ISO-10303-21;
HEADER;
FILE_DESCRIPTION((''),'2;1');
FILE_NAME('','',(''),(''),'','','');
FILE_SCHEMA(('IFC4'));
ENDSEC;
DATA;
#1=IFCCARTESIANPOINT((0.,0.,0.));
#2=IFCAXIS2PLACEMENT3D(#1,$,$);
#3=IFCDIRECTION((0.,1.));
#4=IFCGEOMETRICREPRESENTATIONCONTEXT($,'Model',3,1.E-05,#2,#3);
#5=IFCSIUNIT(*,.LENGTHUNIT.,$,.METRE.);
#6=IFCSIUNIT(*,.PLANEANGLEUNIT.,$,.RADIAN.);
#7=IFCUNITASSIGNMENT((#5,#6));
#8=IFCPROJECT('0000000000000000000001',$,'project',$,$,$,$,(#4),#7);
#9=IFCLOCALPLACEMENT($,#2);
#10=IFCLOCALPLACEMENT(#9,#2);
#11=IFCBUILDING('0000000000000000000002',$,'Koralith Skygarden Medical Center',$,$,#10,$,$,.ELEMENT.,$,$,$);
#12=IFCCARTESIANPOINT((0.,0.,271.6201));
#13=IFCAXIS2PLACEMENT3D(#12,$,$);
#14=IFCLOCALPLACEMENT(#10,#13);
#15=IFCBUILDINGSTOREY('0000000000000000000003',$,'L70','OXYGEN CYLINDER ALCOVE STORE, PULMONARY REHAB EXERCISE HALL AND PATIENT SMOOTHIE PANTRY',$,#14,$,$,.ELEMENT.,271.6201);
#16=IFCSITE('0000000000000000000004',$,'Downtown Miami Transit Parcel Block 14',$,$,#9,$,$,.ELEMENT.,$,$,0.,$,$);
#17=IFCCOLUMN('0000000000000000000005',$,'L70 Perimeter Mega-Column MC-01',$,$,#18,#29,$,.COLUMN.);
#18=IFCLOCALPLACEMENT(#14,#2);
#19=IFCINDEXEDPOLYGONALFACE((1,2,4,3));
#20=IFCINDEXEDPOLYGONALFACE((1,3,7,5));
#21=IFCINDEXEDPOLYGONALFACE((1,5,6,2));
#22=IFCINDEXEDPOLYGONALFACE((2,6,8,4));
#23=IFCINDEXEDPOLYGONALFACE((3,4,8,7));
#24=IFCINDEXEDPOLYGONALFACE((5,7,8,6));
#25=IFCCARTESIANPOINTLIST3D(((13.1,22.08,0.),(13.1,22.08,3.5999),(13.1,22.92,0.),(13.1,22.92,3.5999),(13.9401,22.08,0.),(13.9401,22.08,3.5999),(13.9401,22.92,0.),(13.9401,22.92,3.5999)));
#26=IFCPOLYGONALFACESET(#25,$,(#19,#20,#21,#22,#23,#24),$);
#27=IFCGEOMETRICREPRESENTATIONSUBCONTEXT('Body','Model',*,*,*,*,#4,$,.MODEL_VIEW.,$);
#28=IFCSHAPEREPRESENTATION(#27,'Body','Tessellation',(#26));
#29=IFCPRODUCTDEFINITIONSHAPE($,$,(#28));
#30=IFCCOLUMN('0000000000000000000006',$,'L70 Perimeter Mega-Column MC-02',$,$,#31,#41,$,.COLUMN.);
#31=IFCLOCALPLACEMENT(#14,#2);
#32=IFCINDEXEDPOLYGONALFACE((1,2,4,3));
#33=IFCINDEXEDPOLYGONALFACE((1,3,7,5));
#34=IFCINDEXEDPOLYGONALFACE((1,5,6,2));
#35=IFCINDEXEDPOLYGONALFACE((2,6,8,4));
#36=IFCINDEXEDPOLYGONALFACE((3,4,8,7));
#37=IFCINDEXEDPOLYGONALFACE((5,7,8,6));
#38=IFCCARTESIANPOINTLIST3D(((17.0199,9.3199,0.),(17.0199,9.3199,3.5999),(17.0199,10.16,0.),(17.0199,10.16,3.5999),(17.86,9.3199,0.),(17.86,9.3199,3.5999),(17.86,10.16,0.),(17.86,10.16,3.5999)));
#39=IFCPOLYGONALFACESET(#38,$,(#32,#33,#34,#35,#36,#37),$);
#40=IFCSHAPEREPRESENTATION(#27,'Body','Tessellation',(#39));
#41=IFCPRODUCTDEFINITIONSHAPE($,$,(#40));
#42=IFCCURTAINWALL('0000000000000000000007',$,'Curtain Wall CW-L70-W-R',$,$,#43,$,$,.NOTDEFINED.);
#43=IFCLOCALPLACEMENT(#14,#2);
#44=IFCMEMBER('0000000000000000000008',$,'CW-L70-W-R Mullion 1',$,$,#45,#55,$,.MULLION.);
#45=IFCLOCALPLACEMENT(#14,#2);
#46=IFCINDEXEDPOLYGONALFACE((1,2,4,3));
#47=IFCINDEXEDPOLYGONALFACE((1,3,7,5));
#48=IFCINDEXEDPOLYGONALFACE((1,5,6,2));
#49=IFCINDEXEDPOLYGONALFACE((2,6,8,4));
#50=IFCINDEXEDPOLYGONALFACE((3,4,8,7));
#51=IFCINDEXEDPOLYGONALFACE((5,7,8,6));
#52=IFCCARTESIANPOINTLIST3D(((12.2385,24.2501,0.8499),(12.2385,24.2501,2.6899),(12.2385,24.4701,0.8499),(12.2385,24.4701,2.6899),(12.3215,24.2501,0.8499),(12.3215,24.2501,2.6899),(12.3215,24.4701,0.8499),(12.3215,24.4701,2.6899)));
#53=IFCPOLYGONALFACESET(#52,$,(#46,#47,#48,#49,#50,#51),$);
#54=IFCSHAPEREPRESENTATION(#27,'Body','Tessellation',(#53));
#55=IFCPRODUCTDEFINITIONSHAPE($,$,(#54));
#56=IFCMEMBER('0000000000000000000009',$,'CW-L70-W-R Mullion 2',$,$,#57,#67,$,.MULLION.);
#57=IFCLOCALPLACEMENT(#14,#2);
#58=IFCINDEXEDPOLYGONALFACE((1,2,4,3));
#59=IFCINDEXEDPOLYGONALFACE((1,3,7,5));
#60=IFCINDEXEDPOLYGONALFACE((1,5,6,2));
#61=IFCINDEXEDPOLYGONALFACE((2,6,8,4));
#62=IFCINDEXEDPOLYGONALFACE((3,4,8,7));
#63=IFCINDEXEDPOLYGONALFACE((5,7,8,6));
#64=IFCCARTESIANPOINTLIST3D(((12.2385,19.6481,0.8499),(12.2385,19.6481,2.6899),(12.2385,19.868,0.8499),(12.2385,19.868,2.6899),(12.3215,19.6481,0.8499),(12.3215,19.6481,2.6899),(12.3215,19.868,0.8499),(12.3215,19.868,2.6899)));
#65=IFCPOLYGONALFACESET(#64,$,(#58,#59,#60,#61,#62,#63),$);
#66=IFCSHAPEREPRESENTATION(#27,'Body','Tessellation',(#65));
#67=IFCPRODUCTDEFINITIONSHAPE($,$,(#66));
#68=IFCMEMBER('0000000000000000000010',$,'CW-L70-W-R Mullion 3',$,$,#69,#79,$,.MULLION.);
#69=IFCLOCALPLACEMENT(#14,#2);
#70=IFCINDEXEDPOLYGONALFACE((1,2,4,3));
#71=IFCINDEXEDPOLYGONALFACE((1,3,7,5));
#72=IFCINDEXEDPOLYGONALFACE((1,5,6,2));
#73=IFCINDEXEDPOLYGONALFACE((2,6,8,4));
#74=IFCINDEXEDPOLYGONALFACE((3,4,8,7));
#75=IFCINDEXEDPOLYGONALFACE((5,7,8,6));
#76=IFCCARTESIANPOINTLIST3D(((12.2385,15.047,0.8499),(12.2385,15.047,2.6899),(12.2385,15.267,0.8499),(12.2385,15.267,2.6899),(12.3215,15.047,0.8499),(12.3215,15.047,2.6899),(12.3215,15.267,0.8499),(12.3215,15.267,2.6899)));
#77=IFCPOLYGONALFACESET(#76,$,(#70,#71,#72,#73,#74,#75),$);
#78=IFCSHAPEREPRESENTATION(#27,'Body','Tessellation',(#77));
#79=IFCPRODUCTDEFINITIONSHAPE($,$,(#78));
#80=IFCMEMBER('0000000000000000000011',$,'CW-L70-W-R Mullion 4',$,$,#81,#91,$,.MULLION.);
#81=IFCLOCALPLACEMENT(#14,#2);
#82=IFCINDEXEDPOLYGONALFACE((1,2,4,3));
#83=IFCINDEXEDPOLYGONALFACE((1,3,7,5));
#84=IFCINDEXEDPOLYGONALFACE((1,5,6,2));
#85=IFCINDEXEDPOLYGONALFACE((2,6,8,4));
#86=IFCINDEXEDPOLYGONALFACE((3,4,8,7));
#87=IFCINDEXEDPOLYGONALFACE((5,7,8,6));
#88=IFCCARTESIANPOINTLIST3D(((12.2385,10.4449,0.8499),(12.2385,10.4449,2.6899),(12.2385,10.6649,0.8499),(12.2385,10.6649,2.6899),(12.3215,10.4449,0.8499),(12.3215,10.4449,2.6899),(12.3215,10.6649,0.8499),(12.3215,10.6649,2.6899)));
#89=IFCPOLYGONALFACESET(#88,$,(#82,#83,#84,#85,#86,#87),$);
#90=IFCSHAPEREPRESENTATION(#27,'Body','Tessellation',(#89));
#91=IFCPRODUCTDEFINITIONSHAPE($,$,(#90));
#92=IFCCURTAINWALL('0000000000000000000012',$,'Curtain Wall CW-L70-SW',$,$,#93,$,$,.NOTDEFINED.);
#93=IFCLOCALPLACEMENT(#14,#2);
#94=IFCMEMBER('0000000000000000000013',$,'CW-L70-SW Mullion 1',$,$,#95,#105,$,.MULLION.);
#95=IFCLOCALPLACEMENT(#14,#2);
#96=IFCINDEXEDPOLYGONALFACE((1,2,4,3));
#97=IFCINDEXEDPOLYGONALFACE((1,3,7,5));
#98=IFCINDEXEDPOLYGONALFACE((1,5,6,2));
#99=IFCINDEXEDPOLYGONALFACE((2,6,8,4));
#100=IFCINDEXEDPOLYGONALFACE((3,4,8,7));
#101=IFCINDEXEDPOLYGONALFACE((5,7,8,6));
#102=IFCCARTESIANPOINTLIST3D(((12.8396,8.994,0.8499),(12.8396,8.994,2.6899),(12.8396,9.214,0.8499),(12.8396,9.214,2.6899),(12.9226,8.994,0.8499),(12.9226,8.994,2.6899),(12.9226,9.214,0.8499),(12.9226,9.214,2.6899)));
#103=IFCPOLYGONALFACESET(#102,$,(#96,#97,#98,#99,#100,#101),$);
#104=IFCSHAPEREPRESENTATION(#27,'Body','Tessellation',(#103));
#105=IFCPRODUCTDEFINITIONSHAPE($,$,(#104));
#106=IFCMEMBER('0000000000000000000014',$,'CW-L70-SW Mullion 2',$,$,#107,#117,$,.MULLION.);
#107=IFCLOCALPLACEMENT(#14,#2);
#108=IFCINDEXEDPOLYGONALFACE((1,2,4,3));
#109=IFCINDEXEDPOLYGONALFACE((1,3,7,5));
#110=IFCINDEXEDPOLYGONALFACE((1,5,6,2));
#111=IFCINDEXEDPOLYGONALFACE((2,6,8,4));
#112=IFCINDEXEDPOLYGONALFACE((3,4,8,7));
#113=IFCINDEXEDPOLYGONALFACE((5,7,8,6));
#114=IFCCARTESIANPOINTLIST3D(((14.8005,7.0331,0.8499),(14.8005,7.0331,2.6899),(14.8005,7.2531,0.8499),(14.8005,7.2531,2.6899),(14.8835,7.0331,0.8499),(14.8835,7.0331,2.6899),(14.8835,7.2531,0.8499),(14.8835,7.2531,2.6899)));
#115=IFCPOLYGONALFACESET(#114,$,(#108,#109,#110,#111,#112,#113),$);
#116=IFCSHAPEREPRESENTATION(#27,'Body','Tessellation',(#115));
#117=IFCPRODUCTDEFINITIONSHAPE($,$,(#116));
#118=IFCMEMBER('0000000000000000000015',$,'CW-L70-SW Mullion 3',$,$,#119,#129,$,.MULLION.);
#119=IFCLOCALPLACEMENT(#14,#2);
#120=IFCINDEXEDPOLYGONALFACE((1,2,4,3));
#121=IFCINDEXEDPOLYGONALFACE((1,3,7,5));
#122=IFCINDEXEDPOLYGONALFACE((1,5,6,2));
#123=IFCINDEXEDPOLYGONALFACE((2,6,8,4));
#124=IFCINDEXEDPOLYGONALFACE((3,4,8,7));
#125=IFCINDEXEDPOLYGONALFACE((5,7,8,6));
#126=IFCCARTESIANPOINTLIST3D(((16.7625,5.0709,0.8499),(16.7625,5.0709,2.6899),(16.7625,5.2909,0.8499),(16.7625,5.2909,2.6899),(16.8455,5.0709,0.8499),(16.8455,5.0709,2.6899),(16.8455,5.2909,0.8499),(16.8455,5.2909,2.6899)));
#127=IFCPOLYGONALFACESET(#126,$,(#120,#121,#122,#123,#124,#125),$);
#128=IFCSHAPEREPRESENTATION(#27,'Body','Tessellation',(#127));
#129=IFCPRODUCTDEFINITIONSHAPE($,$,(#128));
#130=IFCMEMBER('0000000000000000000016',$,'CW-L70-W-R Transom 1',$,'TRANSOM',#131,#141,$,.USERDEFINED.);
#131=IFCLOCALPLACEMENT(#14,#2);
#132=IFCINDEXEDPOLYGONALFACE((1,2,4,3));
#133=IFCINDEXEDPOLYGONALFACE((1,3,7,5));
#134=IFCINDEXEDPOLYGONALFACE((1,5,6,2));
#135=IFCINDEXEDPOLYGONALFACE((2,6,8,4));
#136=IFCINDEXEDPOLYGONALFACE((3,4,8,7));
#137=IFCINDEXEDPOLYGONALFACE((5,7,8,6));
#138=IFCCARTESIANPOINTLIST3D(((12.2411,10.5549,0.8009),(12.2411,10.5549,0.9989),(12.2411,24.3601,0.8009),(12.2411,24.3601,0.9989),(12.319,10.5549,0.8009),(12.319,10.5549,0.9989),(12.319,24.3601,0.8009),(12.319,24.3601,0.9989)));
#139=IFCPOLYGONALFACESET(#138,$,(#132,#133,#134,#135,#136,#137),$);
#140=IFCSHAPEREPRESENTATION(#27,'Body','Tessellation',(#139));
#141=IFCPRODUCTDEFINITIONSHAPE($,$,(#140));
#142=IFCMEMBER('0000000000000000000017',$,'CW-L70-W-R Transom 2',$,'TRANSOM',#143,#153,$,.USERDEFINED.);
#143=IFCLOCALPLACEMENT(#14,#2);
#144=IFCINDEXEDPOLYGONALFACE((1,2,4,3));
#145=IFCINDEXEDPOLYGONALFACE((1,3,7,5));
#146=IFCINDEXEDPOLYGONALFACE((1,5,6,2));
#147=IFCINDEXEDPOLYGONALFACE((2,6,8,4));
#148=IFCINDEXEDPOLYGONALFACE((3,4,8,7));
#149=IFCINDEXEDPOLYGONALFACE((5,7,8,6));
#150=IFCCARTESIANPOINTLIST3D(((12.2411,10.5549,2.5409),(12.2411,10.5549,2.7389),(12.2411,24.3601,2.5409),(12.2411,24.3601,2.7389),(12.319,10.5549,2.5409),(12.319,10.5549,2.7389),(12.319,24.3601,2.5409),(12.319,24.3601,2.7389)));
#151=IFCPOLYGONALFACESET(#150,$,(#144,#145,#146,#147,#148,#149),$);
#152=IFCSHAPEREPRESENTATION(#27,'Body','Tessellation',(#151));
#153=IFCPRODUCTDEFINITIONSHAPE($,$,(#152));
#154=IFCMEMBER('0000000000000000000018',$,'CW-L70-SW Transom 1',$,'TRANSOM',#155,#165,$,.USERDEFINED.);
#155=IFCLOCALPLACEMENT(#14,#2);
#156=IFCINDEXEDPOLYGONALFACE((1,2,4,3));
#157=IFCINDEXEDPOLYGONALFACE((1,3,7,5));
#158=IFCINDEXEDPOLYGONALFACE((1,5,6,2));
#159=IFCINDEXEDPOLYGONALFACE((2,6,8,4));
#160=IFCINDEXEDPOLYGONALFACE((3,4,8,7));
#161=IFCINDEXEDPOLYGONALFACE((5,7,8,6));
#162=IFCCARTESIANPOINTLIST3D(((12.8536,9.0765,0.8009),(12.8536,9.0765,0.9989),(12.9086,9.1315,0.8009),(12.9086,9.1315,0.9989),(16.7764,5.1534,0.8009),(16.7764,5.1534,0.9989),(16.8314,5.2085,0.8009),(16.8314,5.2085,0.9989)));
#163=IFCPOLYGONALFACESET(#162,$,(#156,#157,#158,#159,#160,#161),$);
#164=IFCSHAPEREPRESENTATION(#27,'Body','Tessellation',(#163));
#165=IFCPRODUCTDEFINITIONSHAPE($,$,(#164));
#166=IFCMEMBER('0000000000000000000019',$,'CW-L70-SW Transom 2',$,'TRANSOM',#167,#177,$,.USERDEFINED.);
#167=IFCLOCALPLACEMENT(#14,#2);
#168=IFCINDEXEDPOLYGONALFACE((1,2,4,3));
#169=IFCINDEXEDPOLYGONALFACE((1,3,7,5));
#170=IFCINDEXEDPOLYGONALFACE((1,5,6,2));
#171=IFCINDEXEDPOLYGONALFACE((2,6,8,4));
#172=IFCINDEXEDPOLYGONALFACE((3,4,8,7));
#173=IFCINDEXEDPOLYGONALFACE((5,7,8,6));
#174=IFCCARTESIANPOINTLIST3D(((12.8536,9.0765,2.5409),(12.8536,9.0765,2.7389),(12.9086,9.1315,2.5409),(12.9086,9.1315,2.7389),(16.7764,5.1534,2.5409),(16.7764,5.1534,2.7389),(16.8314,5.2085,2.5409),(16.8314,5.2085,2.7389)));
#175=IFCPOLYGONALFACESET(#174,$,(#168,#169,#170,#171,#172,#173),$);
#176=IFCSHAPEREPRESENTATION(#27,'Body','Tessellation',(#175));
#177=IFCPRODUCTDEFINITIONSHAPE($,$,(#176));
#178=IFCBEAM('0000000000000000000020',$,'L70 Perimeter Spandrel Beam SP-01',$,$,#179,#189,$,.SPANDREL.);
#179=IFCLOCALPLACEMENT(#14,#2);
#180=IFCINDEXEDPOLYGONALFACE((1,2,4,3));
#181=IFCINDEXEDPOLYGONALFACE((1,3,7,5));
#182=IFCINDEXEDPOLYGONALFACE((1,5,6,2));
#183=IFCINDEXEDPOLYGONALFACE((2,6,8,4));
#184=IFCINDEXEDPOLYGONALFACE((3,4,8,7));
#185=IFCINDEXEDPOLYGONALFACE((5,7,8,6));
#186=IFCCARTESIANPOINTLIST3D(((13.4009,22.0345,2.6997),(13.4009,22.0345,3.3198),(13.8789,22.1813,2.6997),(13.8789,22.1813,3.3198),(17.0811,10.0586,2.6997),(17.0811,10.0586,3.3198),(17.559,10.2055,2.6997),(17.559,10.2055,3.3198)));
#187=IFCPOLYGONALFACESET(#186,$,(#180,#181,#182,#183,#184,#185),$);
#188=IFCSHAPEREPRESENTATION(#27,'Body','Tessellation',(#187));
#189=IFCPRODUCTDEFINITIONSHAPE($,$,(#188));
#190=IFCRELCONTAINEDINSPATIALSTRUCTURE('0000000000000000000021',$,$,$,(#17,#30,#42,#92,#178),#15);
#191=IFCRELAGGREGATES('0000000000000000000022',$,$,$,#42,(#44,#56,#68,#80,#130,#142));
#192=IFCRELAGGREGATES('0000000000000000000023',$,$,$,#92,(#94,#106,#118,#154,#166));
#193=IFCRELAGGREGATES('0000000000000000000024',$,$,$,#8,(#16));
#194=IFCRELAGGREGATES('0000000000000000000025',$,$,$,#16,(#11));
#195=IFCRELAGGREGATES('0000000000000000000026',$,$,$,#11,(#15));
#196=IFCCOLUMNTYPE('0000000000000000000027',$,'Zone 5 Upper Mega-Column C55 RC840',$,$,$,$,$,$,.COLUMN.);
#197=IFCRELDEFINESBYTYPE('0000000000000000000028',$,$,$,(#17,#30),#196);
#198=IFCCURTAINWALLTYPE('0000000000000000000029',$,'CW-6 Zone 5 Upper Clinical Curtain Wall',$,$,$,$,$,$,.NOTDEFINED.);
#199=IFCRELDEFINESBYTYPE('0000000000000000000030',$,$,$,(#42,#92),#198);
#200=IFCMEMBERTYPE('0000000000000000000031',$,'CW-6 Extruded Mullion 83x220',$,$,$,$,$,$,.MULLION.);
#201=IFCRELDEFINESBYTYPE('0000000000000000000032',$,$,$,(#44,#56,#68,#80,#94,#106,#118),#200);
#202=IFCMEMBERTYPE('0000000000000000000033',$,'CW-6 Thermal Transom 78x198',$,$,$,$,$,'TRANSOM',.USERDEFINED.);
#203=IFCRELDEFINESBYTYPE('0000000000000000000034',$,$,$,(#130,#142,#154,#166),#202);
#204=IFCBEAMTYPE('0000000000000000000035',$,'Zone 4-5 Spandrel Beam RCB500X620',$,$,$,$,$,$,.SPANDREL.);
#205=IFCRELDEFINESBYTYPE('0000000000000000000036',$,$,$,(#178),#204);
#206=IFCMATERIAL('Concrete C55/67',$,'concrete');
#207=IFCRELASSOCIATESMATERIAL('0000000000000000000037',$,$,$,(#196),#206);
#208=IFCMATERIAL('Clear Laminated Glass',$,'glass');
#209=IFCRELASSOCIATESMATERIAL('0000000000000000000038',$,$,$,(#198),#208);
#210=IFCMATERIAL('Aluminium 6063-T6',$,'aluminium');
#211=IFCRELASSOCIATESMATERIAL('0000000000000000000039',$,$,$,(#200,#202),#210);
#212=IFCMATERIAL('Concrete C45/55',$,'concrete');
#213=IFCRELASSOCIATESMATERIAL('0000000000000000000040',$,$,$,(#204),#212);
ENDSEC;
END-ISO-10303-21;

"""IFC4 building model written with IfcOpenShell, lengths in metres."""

from ifc_helpers import new_model, si_unit, direction, frame, origin, origin_2d, place, context, subcontext, project, spatial, rectangle, extrude, material, material_profile, profile_set, type_object, element, aggregate, save


model = new_model("IFC4")

# Units and contexts
model_context = context("Model", 3, precision=1e-05, world=origin(), true_north=direction((0.0, 1.0)))
body_context = subcontext(model_context, "Body", "Model", "MODEL_VIEW")
ifc_project = project(units=[si_unit("LENGTHUNIT", "METRE"), si_unit("PLANEANGLEUNIT", "RADIAN")], contexts=[model_context])

# Site, building, storey
site_placement = place(None, origin())
site = spatial("IfcSite", under=ifc_project, at=site_placement, Name="Downtown Miami Transit Parcel Block 14", CompositionType="ELEMENT", RefElevation=0.0)
building_placement = place(site_placement, origin())
building = spatial("IfcBuilding", under=site, at=building_placement, Name="Koralith Skygarden Medical Center", CompositionType="ELEMENT")
storey_placement = place(building_placement, frame((0.0, 0.0, 271.6201)))
storey = spatial("IfcBuildingStorey", under=building, at=storey_placement, Name="L70", Description="OXYGEN CYLINDER ALCOVE STORE, PULMONARY REHAB EXERCISE HALL AND PATIENT SMOOTHIE PANTRY", CompositionType="ELEMENT", Elevation=271.6201)

# Columns
ifc_material_1 = material(Name="Concrete C55/67", Category="concrete")
ifc_material_profile_1 = material_profile(ifc_material_1, rectangle(XDim=0.8401, YDim=0.8401, at=origin_2d()), Name="RC840X840")
ifc_profile_set_1 = profile_set([ifc_material_profile_1], Name="Concrete C55/67")
column_type = type_object("IfcColumnType", Name="Zone 5 Upper Mega-Column C55 RC840", PredefinedType="COLUMN", material=ifc_profile_set_1)
for number, where, z_axis, x_axis, name in (
    (1, (13.52, 22.5, 0.0), (0.0, 0.0, 1.0), (1.0, 0.0, 0.0), "L70 Perimeter Mega-Column MC-01"),
    (2, (17.4399, 9.74, 0.0), (0.0, 0.0, 1.0), (1.0, 0.0, 0.0), "L70 Perimeter Mega-Column MC-02"),
):
    element("IfcColumn", number, at=place(storey_placement, frame(where, z_axis=z_axis, x_axis=x_axis)), inside=storey, type_object=column_type, Name=name, PredefinedType="COLUMN", context=body_context, shape_type="SweptSolid", body=[
        extrude(rectangle(XDim=0.8401, YDim=0.8401, at=origin_2d()), origin(), (0.0, 0.0, 1.0), 3.5999),
    ])

# Curtain walls, members
ifc_material_2 = material(Name="Clear Laminated Glass", Category="glass")
curtain_wall_type = type_object("IfcCurtainWallType", Name="CW-6 Zone 5 Upper Clinical Curtain Wall", PredefinedType="NOTDEFINED", material=ifc_material_2)
curtain_wall_1_placement = place(storey_placement, origin())
curtain_wall_1 = element("IfcCurtainWall", 3, at=curtain_wall_1_placement, inside=storey, type_object=curtain_wall_type, Name="Curtain Wall CW-L70-W-R", PredefinedType="NOTDEFINED")
ifc_material_3 = material(Name="Aluminium 6063-T6", Category="aluminium")
ifc_material_profile_2 = material_profile(ifc_material_3, rectangle(XDim=0.083, YDim=0.22, at=origin_2d()), Name="MUL83X220")
ifc_profile_set_2 = profile_set([ifc_material_profile_2], Name="Aluminium 6063-T6")
member_type_1 = type_object("IfcMemberType", Name="CW-6 Extruded Mullion 83x220", PredefinedType="MULLION", material=ifc_profile_set_2)
member_1_placement = place(storey_placement, frame((12.28, 24.3601, 0.8499), z_axis=(0.0, 0.0, 1.0), x_axis=(1.0, 0.0, 0.0)))
member_1 = element("IfcMember", 4, at=member_1_placement, type_object=member_type_1, Name="CW-L70-W-R Mullion 1", PredefinedType="MULLION", context=body_context, shape_type="SweptSolid", body=[
    extrude(rectangle(XDim=0.083, YDim=0.22, at=origin_2d()), origin(), (0.0, 0.0, 1.0), 1.8401),
])
member_2_placement = place(storey_placement, frame((12.28, 19.7581, 0.8499), z_axis=(0.0, 0.0, 1.0), x_axis=(1.0, 0.0, 0.0)))
member_2 = element("IfcMember", 5, at=member_2_placement, type_object=member_type_1, Name="CW-L70-W-R Mullion 2", PredefinedType="MULLION", context=body_context, shape_type="SweptSolid", body=[
    extrude(rectangle(XDim=0.083, YDim=0.22, at=origin_2d()), origin(), (0.0, 0.0, 1.0), 1.8401),
])
member_3_placement = place(storey_placement, frame((12.28, 15.157, 0.8499), z_axis=(0.0, 0.0, 1.0), x_axis=(1.0, 0.0, 0.0)))
member_3 = element("IfcMember", 6, at=member_3_placement, type_object=member_type_1, Name="CW-L70-W-R Mullion 3", PredefinedType="MULLION", context=body_context, shape_type="SweptSolid", body=[
    extrude(rectangle(XDim=0.083, YDim=0.22, at=origin_2d()), origin(), (0.0, 0.0, 1.0), 1.8401),
])
member_4_placement = place(storey_placement, frame((12.28, 10.5549, 0.8499), z_axis=(0.0, 0.0, 1.0), x_axis=(1.0, 0.0, 0.0)))
member_4 = element("IfcMember", 7, at=member_4_placement, type_object=member_type_1, Name="CW-L70-W-R Mullion 4", PredefinedType="MULLION", context=body_context, shape_type="SweptSolid", body=[
    extrude(rectangle(XDim=0.083, YDim=0.22, at=origin_2d()), origin(), (0.0, 0.0, 1.0), 1.8401),
])
curtain_wall_2_placement = place(storey_placement, origin())
curtain_wall_2 = element("IfcCurtainWall", 8, at=curtain_wall_2_placement, inside=storey, type_object=curtain_wall_type, Name="Curtain Wall CW-L70-SW", PredefinedType="NOTDEFINED")
member_5_placement = place(storey_placement, frame((12.8811, 9.104, 0.8499), z_axis=(0.0, 0.0, 1.0), x_axis=(1.0, 0.0, 0.0)))
member_5 = element("IfcMember", 9, at=member_5_placement, type_object=member_type_1, Name="CW-L70-SW Mullion 1", PredefinedType="MULLION", context=body_context, shape_type="SweptSolid", body=[
    extrude(rectangle(XDim=0.083, YDim=0.22, at=origin_2d()), origin(), (0.0, 0.0, 1.0), 1.8401),
])
member_6_placement = place(storey_placement, frame((14.842, 7.1431, 0.8499), z_axis=(0.0, 0.0, 1.0), x_axis=(1.0, 0.0, 0.0)))
member_6 = element("IfcMember", 10, at=member_6_placement, type_object=member_type_1, Name="CW-L70-SW Mullion 2", PredefinedType="MULLION", context=body_context, shape_type="SweptSolid", body=[
    extrude(rectangle(XDim=0.083, YDim=0.22, at=origin_2d()), origin(), (0.0, 0.0, 1.0), 1.8401),
])
member_7_placement = place(storey_placement, frame((16.804, 5.1809, 0.8499), z_axis=(0.0, 0.0, 1.0), x_axis=(1.0, 0.0, 0.0)))
member_7 = element("IfcMember", 11, at=member_7_placement, type_object=member_type_1, Name="CW-L70-SW Mullion 3", PredefinedType="MULLION", context=body_context, shape_type="SweptSolid", body=[
    extrude(rectangle(XDim=0.083, YDim=0.22, at=origin_2d()), origin(), (0.0, 0.0, 1.0), 1.8401),
])

# Members
ifc_material_profile_3 = material_profile(ifc_material_3, rectangle(XDim=0.0779, YDim=0.198, at=origin_2d()), Name="TRN78X198")
ifc_profile_set_3 = profile_set([ifc_material_profile_3], Name="Aluminium 6063-T6")
member_type_2 = type_object("IfcMemberType", Name="CW-6 Thermal Transom 78x198", ElementType="TRANSOM", PredefinedType="USERDEFINED", material=ifc_profile_set_3)
member_8_placement = place(storey_placement, frame((12.28, 24.3601, 0.8999), z_axis=(0.0, -1.0, 0.0), x_axis=(1.0, 0.0, 0.0)))
member_8 = element("IfcMember", 12, at=member_8_placement, type_object=member_type_2, Name="CW-L70-W-R Transom 1", ObjectType="TRANSOM", PredefinedType="USERDEFINED", context=body_context, shape_type="SweptSolid", body=[
    extrude(rectangle(XDim=0.0779, YDim=0.198, at=origin_2d()), origin(), (0.0, 0.0, 1.0), 13.8052),
])
member_9_placement = place(storey_placement, frame((12.28, 24.3601, 2.6399), z_axis=(0.0, -1.0, 0.0), x_axis=(1.0, 0.0, 0.0)))
member_9 = element("IfcMember", 13, at=member_9_placement, type_object=member_type_2, Name="CW-L70-W-R Transom 2", ObjectType="TRANSOM", PredefinedType="USERDEFINED", context=body_context, shape_type="SweptSolid", body=[
    extrude(rectangle(XDim=0.0779, YDim=0.198, at=origin_2d()), origin(), (0.0, 0.0, 1.0), 13.8052),
])
member_10_placement = place(storey_placement, frame((12.8811, 9.104, 0.8999), z_axis=(0.707085, -0.707129, 0.0), x_axis=(0.707129, 0.707085, 0.0)))
member_10 = element("IfcMember", 14, at=member_10_placement, type_object=member_type_2, Name="CW-L70-SW Transom 1", ObjectType="TRANSOM", PredefinedType="USERDEFINED", context=body_context, shape_type="SweptSolid", body=[
    extrude(rectangle(XDim=0.0779, YDim=0.198, at=origin_2d()), origin(), (0.0, 0.0, 1.0), 5.5479),
])
member_11_placement = place(storey_placement, frame((12.8811, 9.104, 2.6399), z_axis=(0.707085, -0.707129, 0.0), x_axis=(0.707129, 0.707085, 0.0)))
member_11 = element("IfcMember", 15, at=member_11_placement, type_object=member_type_2, Name="CW-L70-SW Transom 2", ObjectType="TRANSOM", PredefinedType="USERDEFINED", context=body_context, shape_type="SweptSolid", body=[
    extrude(rectangle(XDim=0.0779, YDim=0.198, at=origin_2d()), origin(), (0.0, 0.0, 1.0), 5.5479),
])

# Beam
ifc_material_4 = material(Name="Concrete C45/55", Category="concrete")
ifc_material_profile_4 = material_profile(ifc_material_4, rectangle(XDim=0.5, YDim=0.6201, at=origin_2d()), Name="RCB500X620")
ifc_profile_set_4 = profile_set([ifc_material_profile_4], Name="Concrete C45/55")
beam_type = type_object("IfcBeamType", Name="Zone 4-5 Spandrel Beam RCB500X620", PredefinedType="SPANDREL", material=ifc_profile_set_4)
beam_placement = place(storey_placement, frame((13.6399, 22.1079, 3.0098), z_axis=(0.293743, -0.955884, 0.0), x_axis=(0.955884, 0.293743, 0.0)))
element("IfcBeam", 16, at=beam_placement, inside=storey, type_object=beam_type, Name="L70 Perimeter Spandrel Beam SP-01", PredefinedType="SPANDREL", context=body_context, shape_type="SweptSolid", body=[
    extrude(rectangle(XDim=0.5, YDim=0.6201, at=origin_2d()), origin(), (0.0, 0.0, 1.0), 12.5286),
])

aggregate(curtain_wall_1, [member_1, member_2, member_3, member_4, member_8, member_9])
aggregate(curtain_wall_2, [member_5, member_6, member_7, member_10, member_11])

save(model, "model.ifc")
